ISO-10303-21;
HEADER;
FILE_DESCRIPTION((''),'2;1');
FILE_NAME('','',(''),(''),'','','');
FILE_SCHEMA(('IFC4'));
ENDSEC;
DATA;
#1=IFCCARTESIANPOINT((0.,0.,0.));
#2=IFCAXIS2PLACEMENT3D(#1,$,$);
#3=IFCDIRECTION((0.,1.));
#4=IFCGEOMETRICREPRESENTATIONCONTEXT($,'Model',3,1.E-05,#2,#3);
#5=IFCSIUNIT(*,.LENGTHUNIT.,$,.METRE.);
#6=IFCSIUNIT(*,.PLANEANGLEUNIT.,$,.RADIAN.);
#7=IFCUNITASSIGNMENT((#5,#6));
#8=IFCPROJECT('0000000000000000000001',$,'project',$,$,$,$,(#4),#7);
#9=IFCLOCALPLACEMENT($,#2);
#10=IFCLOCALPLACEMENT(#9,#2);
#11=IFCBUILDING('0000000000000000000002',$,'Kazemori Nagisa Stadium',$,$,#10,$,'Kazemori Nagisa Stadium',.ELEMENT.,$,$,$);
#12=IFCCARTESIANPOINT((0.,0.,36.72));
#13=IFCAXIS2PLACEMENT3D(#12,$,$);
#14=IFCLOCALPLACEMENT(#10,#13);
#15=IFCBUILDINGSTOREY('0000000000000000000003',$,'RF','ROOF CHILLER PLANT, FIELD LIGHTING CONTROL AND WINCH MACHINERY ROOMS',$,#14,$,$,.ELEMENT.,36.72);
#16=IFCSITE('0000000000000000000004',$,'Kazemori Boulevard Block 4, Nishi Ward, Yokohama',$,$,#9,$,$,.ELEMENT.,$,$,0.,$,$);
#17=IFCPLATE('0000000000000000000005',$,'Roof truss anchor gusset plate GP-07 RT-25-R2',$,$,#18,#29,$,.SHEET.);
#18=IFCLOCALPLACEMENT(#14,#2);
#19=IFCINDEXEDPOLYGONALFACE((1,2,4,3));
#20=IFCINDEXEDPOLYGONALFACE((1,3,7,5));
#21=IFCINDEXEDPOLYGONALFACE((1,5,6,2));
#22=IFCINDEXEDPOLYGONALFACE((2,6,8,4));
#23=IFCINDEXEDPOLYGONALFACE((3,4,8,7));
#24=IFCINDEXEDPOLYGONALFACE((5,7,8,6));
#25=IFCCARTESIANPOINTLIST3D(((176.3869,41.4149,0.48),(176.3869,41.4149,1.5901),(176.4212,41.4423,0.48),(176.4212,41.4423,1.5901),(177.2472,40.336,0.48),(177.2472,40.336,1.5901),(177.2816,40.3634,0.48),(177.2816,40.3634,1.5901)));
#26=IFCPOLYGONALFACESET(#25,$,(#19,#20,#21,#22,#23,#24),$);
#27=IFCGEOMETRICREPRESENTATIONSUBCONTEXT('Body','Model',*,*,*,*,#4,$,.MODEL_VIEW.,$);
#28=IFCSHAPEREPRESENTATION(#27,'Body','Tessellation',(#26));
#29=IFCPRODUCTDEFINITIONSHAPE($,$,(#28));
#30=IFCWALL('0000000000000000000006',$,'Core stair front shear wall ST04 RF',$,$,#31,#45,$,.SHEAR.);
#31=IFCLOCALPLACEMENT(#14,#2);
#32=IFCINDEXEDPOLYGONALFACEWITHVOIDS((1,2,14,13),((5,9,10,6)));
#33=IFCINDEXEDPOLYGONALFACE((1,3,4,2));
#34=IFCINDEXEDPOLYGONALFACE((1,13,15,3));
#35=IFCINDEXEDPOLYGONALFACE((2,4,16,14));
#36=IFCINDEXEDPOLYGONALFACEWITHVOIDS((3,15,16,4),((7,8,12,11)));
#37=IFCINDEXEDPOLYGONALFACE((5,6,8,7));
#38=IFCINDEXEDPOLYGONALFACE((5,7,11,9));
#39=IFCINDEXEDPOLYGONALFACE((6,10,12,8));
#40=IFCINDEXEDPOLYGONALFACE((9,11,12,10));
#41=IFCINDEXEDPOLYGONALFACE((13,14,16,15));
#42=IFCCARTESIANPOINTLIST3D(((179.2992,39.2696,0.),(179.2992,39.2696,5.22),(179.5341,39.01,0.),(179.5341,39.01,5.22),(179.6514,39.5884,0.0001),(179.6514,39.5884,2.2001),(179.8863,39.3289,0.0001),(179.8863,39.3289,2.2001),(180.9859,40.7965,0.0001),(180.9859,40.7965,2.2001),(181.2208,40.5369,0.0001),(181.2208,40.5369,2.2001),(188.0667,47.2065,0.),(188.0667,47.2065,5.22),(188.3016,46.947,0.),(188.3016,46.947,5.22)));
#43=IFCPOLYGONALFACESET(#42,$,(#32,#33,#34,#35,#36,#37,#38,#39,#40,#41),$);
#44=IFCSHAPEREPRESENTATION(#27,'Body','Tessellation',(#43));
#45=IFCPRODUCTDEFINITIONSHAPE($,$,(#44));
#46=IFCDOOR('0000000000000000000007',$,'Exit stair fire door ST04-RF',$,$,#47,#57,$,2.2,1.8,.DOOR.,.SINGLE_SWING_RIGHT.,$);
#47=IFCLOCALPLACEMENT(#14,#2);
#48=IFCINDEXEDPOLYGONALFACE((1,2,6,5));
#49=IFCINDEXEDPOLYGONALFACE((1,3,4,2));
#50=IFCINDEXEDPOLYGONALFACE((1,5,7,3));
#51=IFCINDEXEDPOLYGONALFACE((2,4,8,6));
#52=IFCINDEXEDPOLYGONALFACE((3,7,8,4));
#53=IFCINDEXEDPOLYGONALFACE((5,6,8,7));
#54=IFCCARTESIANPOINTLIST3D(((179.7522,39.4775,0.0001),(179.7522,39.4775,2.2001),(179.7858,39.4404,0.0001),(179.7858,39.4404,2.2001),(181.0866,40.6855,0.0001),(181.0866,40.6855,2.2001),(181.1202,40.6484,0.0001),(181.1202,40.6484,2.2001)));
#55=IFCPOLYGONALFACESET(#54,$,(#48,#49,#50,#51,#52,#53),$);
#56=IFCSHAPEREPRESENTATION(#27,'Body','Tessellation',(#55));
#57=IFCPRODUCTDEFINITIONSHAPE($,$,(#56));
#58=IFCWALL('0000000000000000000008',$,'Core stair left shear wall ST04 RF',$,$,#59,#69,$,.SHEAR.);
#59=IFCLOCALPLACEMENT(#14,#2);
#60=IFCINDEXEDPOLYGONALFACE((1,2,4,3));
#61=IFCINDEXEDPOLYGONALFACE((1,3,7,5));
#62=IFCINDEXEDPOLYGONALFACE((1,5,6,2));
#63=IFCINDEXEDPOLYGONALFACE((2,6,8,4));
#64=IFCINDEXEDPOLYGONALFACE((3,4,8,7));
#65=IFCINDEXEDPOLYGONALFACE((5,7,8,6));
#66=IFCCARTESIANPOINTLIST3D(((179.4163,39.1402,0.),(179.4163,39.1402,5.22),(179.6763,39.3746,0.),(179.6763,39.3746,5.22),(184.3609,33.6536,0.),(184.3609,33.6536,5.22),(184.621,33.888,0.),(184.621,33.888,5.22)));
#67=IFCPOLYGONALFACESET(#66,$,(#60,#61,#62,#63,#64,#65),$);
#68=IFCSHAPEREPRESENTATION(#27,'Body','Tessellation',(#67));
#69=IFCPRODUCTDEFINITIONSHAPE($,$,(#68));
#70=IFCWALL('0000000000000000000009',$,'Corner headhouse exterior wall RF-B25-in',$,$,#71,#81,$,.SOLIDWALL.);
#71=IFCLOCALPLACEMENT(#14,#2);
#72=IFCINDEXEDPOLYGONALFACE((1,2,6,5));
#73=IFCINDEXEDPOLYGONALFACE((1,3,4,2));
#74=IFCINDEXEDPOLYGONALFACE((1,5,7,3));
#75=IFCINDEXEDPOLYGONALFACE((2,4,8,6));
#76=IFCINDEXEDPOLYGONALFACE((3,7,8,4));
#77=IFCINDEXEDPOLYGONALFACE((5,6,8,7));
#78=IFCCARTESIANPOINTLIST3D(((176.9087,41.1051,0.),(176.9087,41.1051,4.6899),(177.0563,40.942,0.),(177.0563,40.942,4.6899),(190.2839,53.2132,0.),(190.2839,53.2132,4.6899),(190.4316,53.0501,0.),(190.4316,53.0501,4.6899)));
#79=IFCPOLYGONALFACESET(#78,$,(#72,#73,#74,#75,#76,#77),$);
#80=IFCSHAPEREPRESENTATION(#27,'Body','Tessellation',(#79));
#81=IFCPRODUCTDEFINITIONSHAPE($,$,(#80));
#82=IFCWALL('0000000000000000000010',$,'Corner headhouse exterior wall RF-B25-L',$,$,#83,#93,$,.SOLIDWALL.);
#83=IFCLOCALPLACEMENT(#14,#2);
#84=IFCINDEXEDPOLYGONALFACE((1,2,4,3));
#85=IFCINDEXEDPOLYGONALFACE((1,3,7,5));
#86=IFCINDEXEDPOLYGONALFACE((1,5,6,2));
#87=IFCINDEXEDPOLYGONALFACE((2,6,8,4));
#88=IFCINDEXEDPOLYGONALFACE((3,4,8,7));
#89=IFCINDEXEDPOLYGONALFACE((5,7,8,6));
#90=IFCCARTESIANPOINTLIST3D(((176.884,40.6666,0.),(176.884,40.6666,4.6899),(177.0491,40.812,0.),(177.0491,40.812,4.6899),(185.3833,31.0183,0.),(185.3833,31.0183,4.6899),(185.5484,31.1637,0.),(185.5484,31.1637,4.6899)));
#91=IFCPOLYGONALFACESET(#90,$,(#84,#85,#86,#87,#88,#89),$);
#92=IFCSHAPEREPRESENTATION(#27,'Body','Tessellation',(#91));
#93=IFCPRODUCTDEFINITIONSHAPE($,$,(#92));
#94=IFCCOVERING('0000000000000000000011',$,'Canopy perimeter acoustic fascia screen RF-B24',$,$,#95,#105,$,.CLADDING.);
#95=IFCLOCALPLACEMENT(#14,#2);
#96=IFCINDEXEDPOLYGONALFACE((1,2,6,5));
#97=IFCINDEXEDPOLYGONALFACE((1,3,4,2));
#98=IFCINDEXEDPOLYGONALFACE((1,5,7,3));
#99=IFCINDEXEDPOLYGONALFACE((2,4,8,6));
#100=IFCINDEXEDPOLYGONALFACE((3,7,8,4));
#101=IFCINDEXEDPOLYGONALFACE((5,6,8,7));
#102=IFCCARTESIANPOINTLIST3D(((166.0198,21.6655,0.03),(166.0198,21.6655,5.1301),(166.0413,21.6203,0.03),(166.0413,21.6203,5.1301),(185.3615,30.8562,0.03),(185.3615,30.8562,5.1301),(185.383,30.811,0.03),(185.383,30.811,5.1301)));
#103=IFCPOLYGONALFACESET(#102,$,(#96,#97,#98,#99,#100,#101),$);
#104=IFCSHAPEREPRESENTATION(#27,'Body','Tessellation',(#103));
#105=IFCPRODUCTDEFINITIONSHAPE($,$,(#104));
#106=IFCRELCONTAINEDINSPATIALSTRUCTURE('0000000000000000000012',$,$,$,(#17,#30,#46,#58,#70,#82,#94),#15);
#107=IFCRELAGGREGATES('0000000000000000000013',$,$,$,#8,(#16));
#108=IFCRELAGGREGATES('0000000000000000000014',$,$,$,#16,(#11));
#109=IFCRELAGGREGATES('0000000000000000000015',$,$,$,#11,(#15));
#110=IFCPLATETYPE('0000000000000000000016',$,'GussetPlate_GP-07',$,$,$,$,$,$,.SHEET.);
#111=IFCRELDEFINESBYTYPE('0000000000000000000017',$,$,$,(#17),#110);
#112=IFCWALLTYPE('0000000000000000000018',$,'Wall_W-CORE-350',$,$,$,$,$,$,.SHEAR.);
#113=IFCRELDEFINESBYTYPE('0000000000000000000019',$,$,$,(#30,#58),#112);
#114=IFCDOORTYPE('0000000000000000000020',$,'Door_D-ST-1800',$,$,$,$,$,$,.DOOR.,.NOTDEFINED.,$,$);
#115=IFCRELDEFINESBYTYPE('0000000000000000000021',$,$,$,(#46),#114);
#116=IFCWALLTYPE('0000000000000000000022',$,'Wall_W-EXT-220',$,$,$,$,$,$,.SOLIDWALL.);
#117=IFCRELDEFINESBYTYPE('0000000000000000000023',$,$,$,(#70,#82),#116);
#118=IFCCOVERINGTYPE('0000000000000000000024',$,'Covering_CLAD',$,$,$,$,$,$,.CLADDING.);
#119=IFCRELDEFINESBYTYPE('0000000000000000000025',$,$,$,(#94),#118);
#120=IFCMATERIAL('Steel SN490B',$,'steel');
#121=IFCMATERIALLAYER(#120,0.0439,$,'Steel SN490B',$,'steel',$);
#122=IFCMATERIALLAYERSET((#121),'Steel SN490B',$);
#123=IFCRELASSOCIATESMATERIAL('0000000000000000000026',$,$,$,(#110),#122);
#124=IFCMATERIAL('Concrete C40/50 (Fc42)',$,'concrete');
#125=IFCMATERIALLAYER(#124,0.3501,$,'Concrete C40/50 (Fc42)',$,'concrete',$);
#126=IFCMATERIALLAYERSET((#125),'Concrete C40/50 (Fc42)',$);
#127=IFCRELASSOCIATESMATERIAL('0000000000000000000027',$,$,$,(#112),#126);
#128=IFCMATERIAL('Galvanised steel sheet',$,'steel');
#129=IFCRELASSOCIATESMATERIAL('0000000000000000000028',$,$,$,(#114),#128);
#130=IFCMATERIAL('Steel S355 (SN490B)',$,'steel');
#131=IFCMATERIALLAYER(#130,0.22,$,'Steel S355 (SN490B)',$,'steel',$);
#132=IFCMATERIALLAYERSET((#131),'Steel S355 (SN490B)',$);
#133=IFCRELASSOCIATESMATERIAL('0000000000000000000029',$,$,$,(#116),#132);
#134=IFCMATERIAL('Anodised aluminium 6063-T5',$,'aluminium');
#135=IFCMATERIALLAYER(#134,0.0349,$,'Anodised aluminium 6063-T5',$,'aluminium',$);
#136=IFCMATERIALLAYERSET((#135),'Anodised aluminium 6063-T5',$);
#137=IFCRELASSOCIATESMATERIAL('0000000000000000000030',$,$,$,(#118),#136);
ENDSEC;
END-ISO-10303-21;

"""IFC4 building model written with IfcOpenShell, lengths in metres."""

from ifc_helpers import new_model, si_unit, direction, frame, frame_2d, origin, origin_2d, place, context, subcontext, project, spatial, rectangle, extrude, material, layer, layer_set, type_object, element, fill, save


model = new_model("IFC4")

# Units and contexts
model_context = context("Model", 3, precision=1e-05, world=origin(), true_north=direction((0.0, 1.0)))
body_context = subcontext(model_context, "Body", "Model", "MODEL_VIEW")
ifc_project = project(units=[si_unit("LENGTHUNIT", "METRE"), si_unit("PLANEANGLEUNIT", "RADIAN")], contexts=[model_context])

# Site, building, storey
site_placement = place(None, origin())
site = spatial("IfcSite", under=ifc_project, at=site_placement, Name="Kazemori Boulevard Block 4, Nishi Ward, Yokohama", CompositionType="ELEMENT", RefElevation=0.0)
building_placement = place(site_placement, origin())
building = spatial("IfcBuilding", under=site, at=building_placement, Name="Kazemori Nagisa Stadium", LongName="Kazemori Nagisa Stadium", CompositionType="ELEMENT")
storey_placement = place(building_placement, frame((0.0, 0.0, 36.72)))
storey = spatial("IfcBuildingStorey", under=building, at=storey_placement, Name="RF", Description="ROOF CHILLER PLANT, FIELD LIGHTING CONTROL AND WINCH MACHINERY ROOMS", CompositionType="ELEMENT", Elevation=36.72)

# Shared definitions
ifc_material_1 = material(Name="Steel SN490B", Category="steel")

# Shared definitions
ifc_material_2 = material(Name="Concrete C40/50 (Fc42)", Category="concrete")

# Plate
ifc_layer_1 = layer(ifc_material_1, 0.0439, Name="Steel SN490B", Category="steel")
ifc_layer_set_1 = layer_set([ifc_layer_1], Name="Steel SN490B")
plate_type = type_object("IfcPlateType", Name="GussetPlate_GP-07", PredefinedType="SHEET", material=ifc_layer_set_1)
plate_placement = place(storey_placement, frame((176.8342, 40.8892, 0.48), z_axis=(0.0, 0.0, 1.0), x_axis=(0.62349, -0.781831, 0.0)))
element("IfcPlate", 1, at=plate_placement, inside=storey, type_object=plate_type, Name="Roof truss anchor gusset plate GP-07 RT-25-R2", PredefinedType="SHEET", context=body_context, shape_type="SweptSolid", body=[
    extrude(rectangle(XDim=1.3799, YDim=0.0439, at=origin_2d()), origin(), (0.0, 0.0, 1.0), 1.1101),
])

# Wall, opening, door
ifc_layer_2 = layer(ifc_material_2, 0.3501, Name="Concrete C40/50 (Fc42)", Category="concrete")
ifc_layer_set_2 = layer_set([ifc_layer_2], Name="Concrete C40/50 (Fc42)")
wall_type_1 = type_object("IfcWallType", Name="Wall_W-CORE-350", PredefinedType="SHEAR", material=ifc_layer_set_2)
wall_1_placement = place(storey_placement, frame((179.4167, 39.1399, 0.0), z_axis=(0.0, 0.0, 1.0), x_axis=(0.741349, 0.67112, 0.0)))
wall_1 = element("IfcWall", 2, at=wall_1_placement, inside=storey, type_object=wall_type_1, Name="Core stair front shear wall ST04 RF", PredefinedType="SHEAR", context=body_context, shape_type="SweptSolid", body=[
    extrude(rectangle(XDim=11.8264, YDim=0.3501, at=frame_2d((5.9131, 0.0))), origin(), (0.0, 0.0, 1.0), 5.22),
])
opening_placement = place(wall_1_placement, frame((0.4751, 0.0, 0.0)))
opening = element("IfcOpeningElement", 3, at=opening_placement, cuts=wall_1, PredefinedType="OPENING", context=body_context, shape_type="SweptSolid", body=[
    extrude(rectangle(XDim=1.8, YDim=2.2, at=frame_2d((0.8999, 1.1001))), frame((0.0, 0.1851, 0.0), z_axis=(0.0, -1.0, 0.0), x_axis=(1.0, 0.0, 0.0)), (0.0, 0.0, 1.0), 0.3701),
])
ifc_material_3 = material(Name="Galvanised steel sheet", Category="steel")
door_type = type_object("IfcDoorType", Name="Door_D-ST-1800", OperationType="NOTDEFINED", PredefinedType="DOOR", material=ifc_material_3)
door_placement = place(opening_placement, frame((1.8, 0.0, 0.0), z_axis=(0.0, 0.0, 1.0), x_axis=(-1.0, 0.0, 0.0)))
door = element("IfcDoor", 4, at=door_placement, inside=storey, type_object=door_type, Name="Exit stair fire door ST04-RF", OperationType="SINGLE_SWING_RIGHT", OverallHeight=2.2, OverallWidth=1.8, PredefinedType="DOOR", context=body_context, shape_type="SweptSolid", body=[
    extrude(rectangle(XDim=1.8, YDim=2.2, at=frame_2d((0.8999, 1.1001))), frame((0.0, 0.0249, 0.0), z_axis=(0.0, -1.0, 0.0), x_axis=(1.0, 0.0, 0.0)), (0.0, 0.0, 1.0), 0.05),
])
fill(opening, door)

# Walls
wall_2_placement = place(storey_placement, frame((179.5464, 39.2573, 0.0), z_axis=(0.0, 0.0, 1.0), x_axis=(0.669463, -0.742845, 0.0)))
element("IfcWall", 5, at=wall_2_placement, inside=storey, type_object=wall_type_1, Name="Core stair left shear wall ST04 RF", PredefinedType="SHEAR", context=body_context, shape_type="SweptSolid", body=[
    extrude(rectangle(XDim=7.386, YDim=0.3501, at=frame_2d((3.6929, 0.0))), origin(), (0.0, 0.0, 1.0), 5.22),
])
ifc_material_4 = material(Name="Steel S355 (SN490B)", Category="steel")
ifc_layer_3 = layer(ifc_material_4, 0.22, Name="Steel S355 (SN490B)", Category="steel")
ifc_layer_set_3 = layer_set([ifc_layer_3], Name="Steel S355 (SN490B)")
wall_type_2 = type_object("IfcWallType", Name="Wall_W-EXT-220", PredefinedType="SOLIDWALL", material=ifc_layer_set_3)
wall_3_placement = place(storey_placement, frame((176.9824, 41.0234, 0.0), z_axis=(0.0, 0.0, 1.0), x_axis=(0.74135, 0.671119, 0.0)))
element("IfcWall", 6, at=wall_3_placement, inside=storey, type_object=wall_type_2, Name="Corner headhouse exterior wall RF-B25-in", PredefinedType="SOLIDWALL", context=body_context, shape_type="SweptSolid", body=[
    extrude(rectangle(XDim=18.0417, YDim=0.22, at=frame_2d((9.021, 0.0))), origin(), (0.0, 0.0, 1.0), 4.6899),
])
wall_4_placement = place(storey_placement, frame((176.9666, 40.7393, 0.0), z_axis=(0.0, 0.0, 1.0), x_axis=(0.661016, -0.750372, 0.0)))
element("IfcWall", 7, at=wall_4_placement, inside=storey, type_object=wall_type_2, Name="Corner headhouse exterior wall RF-B25-L", PredefinedType="SOLIDWALL", context=body_context, shape_type="SweptSolid", body=[
    extrude(rectangle(XDim=12.8579, YDim=0.22, at=frame_2d((6.429, 0.0))), origin(), (0.0, 0.0, 1.0), 4.6899),
])

# Covering
ifc_material_5 = material(Name="Anodised aluminium 6063-T5", Category="aluminium")
ifc_layer_4 = layer(ifc_material_5, 0.0349, Name="Anodised aluminium 6063-T5", Category="aluminium")
ifc_layer_set_4 = layer_set([ifc_layer_4], Name="Anodised aluminium 6063-T5")
covering_type = type_object("IfcCoveringType", Name="Covering_CLAD", PredefinedType="CLADDING", material=ifc_layer_set_4)
covering_placement = place(storey_placement, frame((175.7014, 26.2383, 0.03), z_axis=(0.0, 0.0, 1.0), x_axis=(0.903216, 0.429186, 0.0)))
element("IfcCovering", 8, at=covering_placement, inside=storey, type_object=covering_type, Name="Canopy perimeter acoustic fascia screen RF-B24", PredefinedType="CLADDING", context=body_context, shape_type="SweptSolid", body=[
    extrude(rectangle(XDim=21.4143, YDim=0.05, at=origin_2d()), origin(), (0.0, 0.0, 1.0), 5.1001),
])

save(model, "model.ifc")
